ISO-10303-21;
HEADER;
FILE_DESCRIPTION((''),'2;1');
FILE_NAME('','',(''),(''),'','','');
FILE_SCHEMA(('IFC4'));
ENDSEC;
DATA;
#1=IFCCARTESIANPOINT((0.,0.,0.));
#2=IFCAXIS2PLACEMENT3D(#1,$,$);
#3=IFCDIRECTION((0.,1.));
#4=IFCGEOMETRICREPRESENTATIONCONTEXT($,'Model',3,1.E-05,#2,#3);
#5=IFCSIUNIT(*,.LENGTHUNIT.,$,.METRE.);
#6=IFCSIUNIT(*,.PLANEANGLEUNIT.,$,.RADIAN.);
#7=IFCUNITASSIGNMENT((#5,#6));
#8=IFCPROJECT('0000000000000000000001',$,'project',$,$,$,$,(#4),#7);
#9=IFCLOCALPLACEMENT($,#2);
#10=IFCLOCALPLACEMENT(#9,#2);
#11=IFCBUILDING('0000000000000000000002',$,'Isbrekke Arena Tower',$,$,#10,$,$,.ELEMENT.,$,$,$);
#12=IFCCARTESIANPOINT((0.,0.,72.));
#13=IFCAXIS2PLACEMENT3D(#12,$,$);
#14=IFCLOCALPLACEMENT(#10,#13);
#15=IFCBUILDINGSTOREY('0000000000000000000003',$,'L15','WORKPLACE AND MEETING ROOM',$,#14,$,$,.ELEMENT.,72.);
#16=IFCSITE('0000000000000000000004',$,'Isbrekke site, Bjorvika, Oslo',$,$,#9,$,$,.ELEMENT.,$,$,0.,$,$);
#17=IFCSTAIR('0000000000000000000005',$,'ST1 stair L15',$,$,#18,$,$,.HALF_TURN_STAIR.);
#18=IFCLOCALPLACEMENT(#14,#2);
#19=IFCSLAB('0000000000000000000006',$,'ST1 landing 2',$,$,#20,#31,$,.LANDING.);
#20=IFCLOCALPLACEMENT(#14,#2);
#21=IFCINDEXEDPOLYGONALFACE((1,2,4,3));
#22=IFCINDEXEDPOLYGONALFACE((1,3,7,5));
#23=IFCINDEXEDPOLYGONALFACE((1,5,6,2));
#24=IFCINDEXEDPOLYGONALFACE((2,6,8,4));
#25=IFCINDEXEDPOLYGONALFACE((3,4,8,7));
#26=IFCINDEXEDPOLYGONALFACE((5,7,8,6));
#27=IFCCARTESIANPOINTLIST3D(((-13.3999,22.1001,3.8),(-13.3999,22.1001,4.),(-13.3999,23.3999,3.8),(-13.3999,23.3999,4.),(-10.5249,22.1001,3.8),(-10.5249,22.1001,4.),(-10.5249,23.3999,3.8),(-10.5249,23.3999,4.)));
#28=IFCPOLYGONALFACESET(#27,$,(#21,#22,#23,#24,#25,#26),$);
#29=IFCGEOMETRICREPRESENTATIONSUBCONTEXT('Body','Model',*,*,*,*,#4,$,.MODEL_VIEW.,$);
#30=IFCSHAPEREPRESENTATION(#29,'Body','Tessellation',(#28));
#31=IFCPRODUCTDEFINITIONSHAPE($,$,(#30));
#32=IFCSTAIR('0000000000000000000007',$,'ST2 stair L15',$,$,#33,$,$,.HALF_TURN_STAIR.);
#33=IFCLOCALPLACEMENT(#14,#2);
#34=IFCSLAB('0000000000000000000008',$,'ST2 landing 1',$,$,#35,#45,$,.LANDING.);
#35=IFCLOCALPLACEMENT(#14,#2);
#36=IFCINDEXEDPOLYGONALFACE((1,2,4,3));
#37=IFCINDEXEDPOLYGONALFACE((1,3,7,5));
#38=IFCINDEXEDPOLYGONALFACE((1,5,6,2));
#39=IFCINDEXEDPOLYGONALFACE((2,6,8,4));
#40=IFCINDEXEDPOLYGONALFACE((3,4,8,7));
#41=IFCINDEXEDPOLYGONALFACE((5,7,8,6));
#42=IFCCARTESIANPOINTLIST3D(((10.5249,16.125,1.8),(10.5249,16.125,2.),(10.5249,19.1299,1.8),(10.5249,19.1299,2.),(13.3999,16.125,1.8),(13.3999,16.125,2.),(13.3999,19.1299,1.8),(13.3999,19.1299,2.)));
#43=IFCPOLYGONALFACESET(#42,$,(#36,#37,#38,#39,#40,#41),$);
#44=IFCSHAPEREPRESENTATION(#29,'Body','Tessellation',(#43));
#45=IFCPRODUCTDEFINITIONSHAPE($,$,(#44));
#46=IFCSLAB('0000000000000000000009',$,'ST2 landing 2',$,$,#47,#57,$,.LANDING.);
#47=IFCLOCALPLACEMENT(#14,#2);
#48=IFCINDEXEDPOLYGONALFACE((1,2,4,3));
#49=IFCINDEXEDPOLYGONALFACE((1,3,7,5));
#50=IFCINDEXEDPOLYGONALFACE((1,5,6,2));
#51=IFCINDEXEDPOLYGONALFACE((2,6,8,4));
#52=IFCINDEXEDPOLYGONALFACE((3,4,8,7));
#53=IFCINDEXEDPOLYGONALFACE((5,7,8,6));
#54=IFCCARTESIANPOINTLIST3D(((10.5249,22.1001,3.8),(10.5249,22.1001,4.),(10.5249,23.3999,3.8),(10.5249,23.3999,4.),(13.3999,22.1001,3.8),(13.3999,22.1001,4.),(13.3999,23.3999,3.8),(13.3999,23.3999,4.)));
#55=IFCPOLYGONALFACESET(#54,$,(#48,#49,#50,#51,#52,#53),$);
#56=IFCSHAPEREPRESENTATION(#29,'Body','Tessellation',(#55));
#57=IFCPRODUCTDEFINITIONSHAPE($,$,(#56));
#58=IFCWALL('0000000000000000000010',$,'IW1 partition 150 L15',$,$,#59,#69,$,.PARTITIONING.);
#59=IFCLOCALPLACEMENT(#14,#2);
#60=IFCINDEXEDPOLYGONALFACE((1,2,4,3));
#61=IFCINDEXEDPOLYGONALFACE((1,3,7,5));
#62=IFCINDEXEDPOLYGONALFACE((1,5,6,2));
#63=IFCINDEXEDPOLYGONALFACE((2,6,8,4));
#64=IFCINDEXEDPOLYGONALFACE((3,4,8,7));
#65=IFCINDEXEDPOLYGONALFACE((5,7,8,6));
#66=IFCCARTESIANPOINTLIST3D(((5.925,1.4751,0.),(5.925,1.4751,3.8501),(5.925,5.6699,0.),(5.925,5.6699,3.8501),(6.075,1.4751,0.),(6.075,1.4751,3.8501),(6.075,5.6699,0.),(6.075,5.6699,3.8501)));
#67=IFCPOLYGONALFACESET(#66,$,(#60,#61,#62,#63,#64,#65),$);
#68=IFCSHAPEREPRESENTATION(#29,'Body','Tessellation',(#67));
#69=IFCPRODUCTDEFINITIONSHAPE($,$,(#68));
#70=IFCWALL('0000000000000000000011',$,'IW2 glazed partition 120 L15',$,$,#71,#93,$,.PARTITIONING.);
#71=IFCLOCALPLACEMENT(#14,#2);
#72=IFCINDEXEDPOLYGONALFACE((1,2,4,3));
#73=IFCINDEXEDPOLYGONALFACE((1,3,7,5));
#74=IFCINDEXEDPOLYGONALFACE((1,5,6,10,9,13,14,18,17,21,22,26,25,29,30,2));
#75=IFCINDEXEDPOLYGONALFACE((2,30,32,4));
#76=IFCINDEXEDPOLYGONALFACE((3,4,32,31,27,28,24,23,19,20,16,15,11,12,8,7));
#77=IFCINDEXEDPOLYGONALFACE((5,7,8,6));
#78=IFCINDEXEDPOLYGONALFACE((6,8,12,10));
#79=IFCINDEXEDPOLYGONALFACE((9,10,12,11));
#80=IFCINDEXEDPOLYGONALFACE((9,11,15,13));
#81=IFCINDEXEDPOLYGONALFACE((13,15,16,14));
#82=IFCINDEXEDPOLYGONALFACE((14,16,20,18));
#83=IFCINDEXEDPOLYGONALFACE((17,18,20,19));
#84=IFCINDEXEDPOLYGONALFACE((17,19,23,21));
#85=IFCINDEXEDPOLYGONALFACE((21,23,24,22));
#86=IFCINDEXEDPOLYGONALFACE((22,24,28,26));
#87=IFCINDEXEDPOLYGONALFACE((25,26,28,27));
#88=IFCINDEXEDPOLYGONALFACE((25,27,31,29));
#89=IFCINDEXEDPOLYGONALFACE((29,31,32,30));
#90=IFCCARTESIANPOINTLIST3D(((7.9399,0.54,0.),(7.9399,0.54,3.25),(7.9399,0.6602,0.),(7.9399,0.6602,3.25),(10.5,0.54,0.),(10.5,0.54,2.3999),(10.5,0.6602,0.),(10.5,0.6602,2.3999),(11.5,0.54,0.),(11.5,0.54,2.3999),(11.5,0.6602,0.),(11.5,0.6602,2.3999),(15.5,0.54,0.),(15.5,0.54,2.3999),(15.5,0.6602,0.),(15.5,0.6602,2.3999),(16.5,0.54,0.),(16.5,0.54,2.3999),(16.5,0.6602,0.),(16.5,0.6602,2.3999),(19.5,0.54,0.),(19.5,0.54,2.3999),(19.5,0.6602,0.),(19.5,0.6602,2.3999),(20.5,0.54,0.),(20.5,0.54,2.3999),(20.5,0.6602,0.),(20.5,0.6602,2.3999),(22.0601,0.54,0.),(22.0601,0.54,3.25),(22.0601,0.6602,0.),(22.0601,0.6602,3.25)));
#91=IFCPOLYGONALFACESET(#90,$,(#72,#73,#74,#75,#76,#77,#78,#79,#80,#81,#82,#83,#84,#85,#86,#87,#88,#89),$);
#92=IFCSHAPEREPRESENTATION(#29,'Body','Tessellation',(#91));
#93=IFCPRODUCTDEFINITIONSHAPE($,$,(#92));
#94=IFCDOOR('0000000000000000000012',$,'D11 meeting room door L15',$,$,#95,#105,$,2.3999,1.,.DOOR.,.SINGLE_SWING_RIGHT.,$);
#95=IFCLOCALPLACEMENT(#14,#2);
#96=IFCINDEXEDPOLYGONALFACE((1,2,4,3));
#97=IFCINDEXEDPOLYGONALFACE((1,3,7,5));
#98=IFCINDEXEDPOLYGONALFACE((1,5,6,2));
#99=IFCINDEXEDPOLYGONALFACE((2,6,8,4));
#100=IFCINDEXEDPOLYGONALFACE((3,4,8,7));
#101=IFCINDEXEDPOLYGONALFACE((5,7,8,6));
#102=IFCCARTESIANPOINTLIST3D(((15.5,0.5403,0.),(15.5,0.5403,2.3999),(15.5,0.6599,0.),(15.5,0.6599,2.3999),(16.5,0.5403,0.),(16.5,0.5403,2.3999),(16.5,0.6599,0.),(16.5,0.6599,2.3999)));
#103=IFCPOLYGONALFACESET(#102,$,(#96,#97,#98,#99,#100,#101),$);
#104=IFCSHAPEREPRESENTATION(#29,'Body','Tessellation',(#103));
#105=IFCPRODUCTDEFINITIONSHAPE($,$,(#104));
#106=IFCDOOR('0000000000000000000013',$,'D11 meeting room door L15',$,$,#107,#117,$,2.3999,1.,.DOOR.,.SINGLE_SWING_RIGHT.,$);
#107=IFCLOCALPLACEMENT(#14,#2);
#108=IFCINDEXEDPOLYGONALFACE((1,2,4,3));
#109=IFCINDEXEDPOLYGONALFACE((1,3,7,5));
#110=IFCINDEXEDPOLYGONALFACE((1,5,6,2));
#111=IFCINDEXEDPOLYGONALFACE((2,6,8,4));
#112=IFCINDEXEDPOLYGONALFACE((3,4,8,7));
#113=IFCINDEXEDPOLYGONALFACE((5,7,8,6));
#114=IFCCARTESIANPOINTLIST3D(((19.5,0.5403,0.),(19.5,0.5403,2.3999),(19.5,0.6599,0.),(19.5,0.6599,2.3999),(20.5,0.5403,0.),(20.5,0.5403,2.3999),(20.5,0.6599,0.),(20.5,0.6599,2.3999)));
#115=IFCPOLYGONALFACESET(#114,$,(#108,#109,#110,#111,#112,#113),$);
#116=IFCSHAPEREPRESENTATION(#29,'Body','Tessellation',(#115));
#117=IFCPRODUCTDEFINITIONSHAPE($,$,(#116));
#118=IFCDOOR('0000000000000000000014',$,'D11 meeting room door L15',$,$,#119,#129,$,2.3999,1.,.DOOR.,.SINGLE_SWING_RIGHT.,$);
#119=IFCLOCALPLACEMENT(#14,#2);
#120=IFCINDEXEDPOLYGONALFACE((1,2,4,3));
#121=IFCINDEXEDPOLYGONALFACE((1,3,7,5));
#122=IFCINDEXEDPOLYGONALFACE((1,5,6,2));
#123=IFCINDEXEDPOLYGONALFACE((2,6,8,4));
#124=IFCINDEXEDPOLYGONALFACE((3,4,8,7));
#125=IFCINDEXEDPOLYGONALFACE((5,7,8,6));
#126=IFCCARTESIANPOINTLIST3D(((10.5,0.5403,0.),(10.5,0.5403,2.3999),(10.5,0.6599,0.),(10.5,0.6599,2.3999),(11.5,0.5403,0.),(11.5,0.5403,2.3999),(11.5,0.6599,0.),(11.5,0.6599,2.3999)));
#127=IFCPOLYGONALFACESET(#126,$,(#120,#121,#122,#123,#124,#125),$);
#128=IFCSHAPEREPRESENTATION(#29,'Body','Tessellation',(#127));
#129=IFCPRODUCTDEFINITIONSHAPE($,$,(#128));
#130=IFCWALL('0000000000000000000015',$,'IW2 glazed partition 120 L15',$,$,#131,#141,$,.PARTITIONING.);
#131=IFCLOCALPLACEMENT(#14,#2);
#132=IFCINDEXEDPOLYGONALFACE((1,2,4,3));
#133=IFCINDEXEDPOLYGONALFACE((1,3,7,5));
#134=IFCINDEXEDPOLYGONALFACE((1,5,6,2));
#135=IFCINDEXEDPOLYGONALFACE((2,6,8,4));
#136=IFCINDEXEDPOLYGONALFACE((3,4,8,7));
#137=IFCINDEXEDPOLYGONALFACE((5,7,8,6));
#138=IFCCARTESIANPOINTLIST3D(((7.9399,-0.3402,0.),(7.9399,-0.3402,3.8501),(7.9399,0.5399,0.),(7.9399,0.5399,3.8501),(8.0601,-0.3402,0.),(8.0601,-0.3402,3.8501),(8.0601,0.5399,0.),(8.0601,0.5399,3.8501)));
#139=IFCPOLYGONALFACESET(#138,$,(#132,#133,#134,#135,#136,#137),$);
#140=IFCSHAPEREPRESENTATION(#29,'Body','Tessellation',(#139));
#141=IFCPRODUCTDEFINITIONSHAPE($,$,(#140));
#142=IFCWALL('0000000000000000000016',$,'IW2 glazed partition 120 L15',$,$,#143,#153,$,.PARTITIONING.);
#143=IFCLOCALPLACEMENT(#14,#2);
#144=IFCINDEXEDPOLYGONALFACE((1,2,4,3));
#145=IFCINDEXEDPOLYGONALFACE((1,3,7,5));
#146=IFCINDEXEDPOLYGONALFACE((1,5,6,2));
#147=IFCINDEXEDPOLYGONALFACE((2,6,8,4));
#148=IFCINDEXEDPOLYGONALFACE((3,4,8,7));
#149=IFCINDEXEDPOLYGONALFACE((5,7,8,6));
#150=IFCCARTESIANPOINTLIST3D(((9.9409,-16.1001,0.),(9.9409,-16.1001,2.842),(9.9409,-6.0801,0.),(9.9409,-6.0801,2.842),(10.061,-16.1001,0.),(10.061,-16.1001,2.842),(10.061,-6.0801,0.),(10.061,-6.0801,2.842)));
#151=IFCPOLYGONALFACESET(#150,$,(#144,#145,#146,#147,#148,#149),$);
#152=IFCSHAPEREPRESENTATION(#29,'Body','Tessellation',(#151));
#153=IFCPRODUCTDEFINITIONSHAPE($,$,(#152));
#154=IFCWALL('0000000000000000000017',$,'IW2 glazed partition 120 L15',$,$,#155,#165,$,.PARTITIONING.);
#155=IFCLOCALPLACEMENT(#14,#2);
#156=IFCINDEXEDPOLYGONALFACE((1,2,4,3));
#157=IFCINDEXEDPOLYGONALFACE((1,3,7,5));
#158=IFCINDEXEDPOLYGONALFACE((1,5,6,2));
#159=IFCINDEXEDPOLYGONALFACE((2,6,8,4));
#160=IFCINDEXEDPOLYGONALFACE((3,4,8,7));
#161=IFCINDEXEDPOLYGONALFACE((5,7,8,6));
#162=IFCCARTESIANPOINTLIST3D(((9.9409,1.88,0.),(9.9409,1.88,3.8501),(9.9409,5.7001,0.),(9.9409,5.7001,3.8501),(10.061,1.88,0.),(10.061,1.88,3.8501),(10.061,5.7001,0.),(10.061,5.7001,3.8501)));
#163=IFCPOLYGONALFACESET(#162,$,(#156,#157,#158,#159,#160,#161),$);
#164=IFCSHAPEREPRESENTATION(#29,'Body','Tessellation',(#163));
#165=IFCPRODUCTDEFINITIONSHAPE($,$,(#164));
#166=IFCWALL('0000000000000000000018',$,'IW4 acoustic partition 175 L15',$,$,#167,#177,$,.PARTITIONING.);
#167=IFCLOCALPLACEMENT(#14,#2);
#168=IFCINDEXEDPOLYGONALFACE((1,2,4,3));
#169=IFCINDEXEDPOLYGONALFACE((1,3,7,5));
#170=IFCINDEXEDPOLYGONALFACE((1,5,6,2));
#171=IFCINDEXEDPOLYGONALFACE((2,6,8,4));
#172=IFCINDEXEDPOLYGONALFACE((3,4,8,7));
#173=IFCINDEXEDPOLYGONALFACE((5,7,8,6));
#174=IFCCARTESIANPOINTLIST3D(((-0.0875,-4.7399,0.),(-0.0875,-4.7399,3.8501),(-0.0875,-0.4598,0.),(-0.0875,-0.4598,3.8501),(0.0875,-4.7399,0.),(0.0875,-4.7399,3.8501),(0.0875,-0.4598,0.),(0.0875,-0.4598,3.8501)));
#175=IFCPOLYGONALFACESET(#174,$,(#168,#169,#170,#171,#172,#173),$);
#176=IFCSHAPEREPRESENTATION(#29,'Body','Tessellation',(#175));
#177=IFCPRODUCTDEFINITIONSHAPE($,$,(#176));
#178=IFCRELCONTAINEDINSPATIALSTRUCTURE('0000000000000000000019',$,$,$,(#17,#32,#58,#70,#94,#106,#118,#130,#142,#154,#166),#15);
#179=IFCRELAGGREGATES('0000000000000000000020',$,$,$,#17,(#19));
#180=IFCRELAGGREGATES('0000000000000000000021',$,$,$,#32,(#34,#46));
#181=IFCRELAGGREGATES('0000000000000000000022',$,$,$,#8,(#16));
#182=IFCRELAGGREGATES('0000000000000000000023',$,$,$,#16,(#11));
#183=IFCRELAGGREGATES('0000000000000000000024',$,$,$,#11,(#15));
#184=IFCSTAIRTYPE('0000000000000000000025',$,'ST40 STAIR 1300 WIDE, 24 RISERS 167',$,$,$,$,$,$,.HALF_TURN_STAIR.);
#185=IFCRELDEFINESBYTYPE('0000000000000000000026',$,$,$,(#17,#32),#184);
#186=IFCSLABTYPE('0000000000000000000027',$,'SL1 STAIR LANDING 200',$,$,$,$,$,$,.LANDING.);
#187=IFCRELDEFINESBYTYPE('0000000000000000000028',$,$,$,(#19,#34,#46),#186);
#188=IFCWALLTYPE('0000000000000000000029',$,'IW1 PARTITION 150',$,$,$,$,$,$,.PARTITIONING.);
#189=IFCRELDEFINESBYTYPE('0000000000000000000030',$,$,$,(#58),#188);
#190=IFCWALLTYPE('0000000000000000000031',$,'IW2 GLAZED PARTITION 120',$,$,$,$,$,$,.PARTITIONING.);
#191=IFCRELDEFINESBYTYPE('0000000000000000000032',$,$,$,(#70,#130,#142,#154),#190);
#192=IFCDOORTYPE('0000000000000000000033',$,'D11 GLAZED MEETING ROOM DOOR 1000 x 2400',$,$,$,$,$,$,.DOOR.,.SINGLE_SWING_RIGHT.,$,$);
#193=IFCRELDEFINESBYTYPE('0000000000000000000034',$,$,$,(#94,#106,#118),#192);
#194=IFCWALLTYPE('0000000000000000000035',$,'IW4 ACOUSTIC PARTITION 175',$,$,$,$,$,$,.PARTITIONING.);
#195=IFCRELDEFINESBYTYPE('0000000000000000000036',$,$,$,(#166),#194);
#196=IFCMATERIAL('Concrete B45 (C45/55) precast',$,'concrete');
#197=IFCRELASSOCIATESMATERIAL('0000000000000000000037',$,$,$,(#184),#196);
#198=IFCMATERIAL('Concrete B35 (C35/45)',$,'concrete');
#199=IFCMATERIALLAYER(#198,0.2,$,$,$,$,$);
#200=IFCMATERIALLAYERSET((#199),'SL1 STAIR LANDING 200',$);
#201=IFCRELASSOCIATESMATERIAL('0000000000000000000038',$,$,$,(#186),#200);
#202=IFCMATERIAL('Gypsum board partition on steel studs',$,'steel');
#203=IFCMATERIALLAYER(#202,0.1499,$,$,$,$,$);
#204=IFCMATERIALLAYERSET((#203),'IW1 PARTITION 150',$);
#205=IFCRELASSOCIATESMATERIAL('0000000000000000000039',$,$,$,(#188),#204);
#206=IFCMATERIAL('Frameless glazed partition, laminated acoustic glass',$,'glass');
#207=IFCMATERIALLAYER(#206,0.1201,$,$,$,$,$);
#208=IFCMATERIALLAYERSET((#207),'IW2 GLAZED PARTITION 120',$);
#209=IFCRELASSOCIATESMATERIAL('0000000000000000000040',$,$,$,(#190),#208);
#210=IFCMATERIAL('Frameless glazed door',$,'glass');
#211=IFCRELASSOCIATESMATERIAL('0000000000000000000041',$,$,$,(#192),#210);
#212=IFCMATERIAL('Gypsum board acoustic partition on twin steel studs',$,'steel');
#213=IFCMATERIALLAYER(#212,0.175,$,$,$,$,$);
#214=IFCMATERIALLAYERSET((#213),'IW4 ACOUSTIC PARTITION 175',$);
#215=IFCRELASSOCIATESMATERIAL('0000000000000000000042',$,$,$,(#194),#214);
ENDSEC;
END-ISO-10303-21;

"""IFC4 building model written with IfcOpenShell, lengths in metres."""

from ifc_helpers import new_model, si_unit, direction, frame, frame_2d, origin, place, context, subcontext, project, spatial, polyline, rectangle, outline, extrude, material, layer, layer_set, type_object, element, fill, aggregate, save


model = new_model("IFC4")

# Units and contexts
model_context = context("Model", 3, precision=1e-05, world=origin(), true_north=direction((0.0, 1.0)))
body_context = subcontext(model_context, "Body", "Model", "MODEL_VIEW")
ifc_project = project(units=[si_unit("LENGTHUNIT", "METRE"), si_unit("PLANEANGLEUNIT", "RADIAN")], contexts=[model_context])

# Site, building, storey
site_placement = place(None, origin())
site = spatial("IfcSite", under=ifc_project, at=site_placement, Name="Isbrekke site, Bjorvika, Oslo", CompositionType="ELEMENT", RefElevation=0.0)
building_placement = place(site_placement, origin())
building = spatial("IfcBuilding", under=site, at=building_placement, Name="Isbrekke Arena Tower", CompositionType="ELEMENT")
storey_placement = place(building_placement, frame((0.0, 0.0, 72.0)))
storey = spatial("IfcBuildingStorey", under=building, at=storey_placement, Name="L15", Description="WORKPLACE AND MEETING ROOM", CompositionType="ELEMENT", Elevation=72.0)

# Stairs, slabs
ifc_material_1 = material(Name="Concrete B45 (C45/55) precast", Category="concrete")
stair_type = type_object("IfcStairType", Name="ST40 STAIR 1300 WIDE, 24 RISERS 167", PredefinedType="HALF_TURN_STAIR", material=ifc_material_1)
stair_1_placement = place(storey_placement, origin())
stair_1 = element("IfcStair", 1, at=stair_1_placement, inside=storey, type_object=stair_type, Name="ST1 stair L15", PredefinedType="HALF_TURN_STAIR")
ifc_material_2 = material(Name="Concrete B35 (C35/45)", Category="concrete")
ifc_layer_1 = layer(ifc_material_2, 0.2)
ifc_layer_set_1 = layer_set([ifc_layer_1], Name="SL1 STAIR LANDING 200")
slab_type_1 = type_object("IfcSlabType", Name="SL1 STAIR LANDING 200", PredefinedType="LANDING", material=ifc_layer_set_1)
slab_1_placement = place(storey_placement, frame((0.0, 0.0, 3.8)))
slab_1 = element("IfcSlab", 2, at=slab_1_placement, type_object=slab_type_1, Name="ST1 landing 2", PredefinedType="LANDING", context=body_context, shape_type="SweptSolid", body=[
    extrude(outline(polyline([(-13.3999, 22.1001), (-10.5249, 22.1001), (-10.5249, 23.3999), (-13.3999, 23.3999), (-13.3999, 22.1001)])), origin(), (0.0, 0.0, 1.0), 0.2),
])
aggregate(stair_1, [slab_1])
stair_2_placement = place(storey_placement, origin())
stair_2 = element("IfcStair", 3, at=stair_2_placement, inside=storey, type_object=stair_type, Name="ST2 stair L15", PredefinedType="HALF_TURN_STAIR")
slab_2_placement = place(storey_placement, frame((0.0, 0.0, 1.8)))
slab_2 = element("IfcSlab", 4, at=slab_2_placement, type_object=slab_type_1, Name="ST2 landing 1", PredefinedType="LANDING", context=body_context, shape_type="SweptSolid", body=[
    extrude(outline(polyline([(10.5249, 16.125), (13.3999, 16.125), (13.3999, 19.1299), (10.5249, 19.1299), (10.5249, 16.125)])), origin(), (0.0, 0.0, 1.0), 0.2),
])
slab_3_placement = place(storey_placement, frame((0.0, 0.0, 3.8)))
slab_3 = element("IfcSlab", 5, at=slab_3_placement, type_object=slab_type_1, Name="ST2 landing 2", PredefinedType="LANDING", context=body_context, shape_type="SweptSolid", body=[
    extrude(outline(polyline([(10.5249, 22.1001), (13.3999, 22.1001), (13.3999, 23.3999), (10.5249, 23.3999), (10.5249, 22.1001)])), origin(), (0.0, 0.0, 1.0), 0.2),
])
aggregate(stair_2, [slab_2, slab_3])

# Wall
ifc_material_3 = material(Name="Gypsum board partition on steel studs", Category="steel")
ifc_layer_2 = layer(ifc_material_3, 0.1499)
ifc_layer_set_2 = layer_set([ifc_layer_2], Name="IW1 PARTITION 150")
wall_type_1 = type_object("IfcWallType", Name="IW1 PARTITION 150", PredefinedType="PARTITIONING", material=ifc_layer_set_2)
wall_1_placement = place(storey_placement, frame((6.0, 1.4751, 0.0), z_axis=(0.0, 0.0, 1.0), x_axis=(0.0, 1.0, 0.0)))
element("IfcWall", 6, at=wall_1_placement, inside=storey, type_object=wall_type_1, Name="IW1 partition 150 L15", PredefinedType="PARTITIONING", context=body_context, shape_type="SweptSolid", body=[
    extrude(rectangle(XDim=4.1948, YDim=0.1499, at=frame_2d((2.0974, 0.0))), origin(), (0.0, 0.0, 1.0), 3.8501),
])

# Wall, openings, doors
ifc_material_4 = material(Name="Frameless glazed partition, laminated acoustic glass", Category="glass")
ifc_layer_3 = layer(ifc_material_4, 0.1201)
ifc_layer_set_3 = layer_set([ifc_layer_3], Name="IW2 GLAZED PARTITION 120")
wall_type_2 = type_object("IfcWallType", Name="IW2 GLAZED PARTITION 120", PredefinedType="PARTITIONING", material=ifc_layer_set_3)
wall_2_placement = place(storey_placement, frame((7.9399, 0.6001, 0.0), z_axis=(0.0, 0.0, 1.0), x_axis=(1.0, 0.0, 0.0)))
wall_2 = element("IfcWall", 7, at=wall_2_placement, inside=storey, type_object=wall_type_2, Name="IW2 glazed partition 120 L15", PredefinedType="PARTITIONING", context=body_context, shape_type="SweptSolid", body=[
    extrude(rectangle(XDim=14.1201, YDim=0.1201, at=frame_2d((7.0601, 0.0))), origin(), (0.0, 0.0, 1.0), 3.25),
])
opening_1_placement = place(wall_2_placement, frame((7.5601, 0.0, 0.0)))
opening_1 = element("IfcOpeningElement", 8, at=opening_1_placement, cuts=wall_2, PredefinedType="OPENING", context=body_context, shape_type="SweptSolid", body=[
    extrude(rectangle(XDim=1.0, YDim=2.3999, at=frame_2d((0.5, 1.2))), frame((0.0, 0.075, 0.0), z_axis=(0.0, -1.0, 0.0), x_axis=(1.0, 0.0, 0.0)), (0.0, 0.0, 1.0), 0.1499),
])
opening_2_placement = place(wall_2_placement, frame((11.5601, 0.0, 0.0)))
opening_2 = element("IfcOpeningElement", 9, at=opening_2_placement, cuts=wall_2, PredefinedType="OPENING", context=body_context, shape_type="SweptSolid", body=[
    extrude(rectangle(XDim=1.0, YDim=2.3999, at=frame_2d((0.5, 1.2))), frame((0.0, 0.075, 0.0), z_axis=(0.0, -1.0, 0.0), x_axis=(1.0, 0.0, 0.0)), (0.0, 0.0, 1.0), 0.1499),
])
opening_3_placement = place(wall_2_placement, frame((2.5601, 0.0, 0.0)))
opening_3 = element("IfcOpeningElement", 10, at=opening_3_placement, cuts=wall_2, PredefinedType="OPENING", context=body_context, shape_type="SweptSolid", body=[
    extrude(rectangle(XDim=1.0, YDim=2.3999, at=frame_2d((0.5, 1.2))), frame((0.0, 0.075, 0.0), z_axis=(0.0, -1.0, 0.0), x_axis=(1.0, 0.0, 0.0)), (0.0, 0.0, 1.0), 0.1499),
])
ifc_material_5 = material(Name="Frameless glazed door", Category="glass")
door_type = type_object("IfcDoorType", Name="D11 GLAZED MEETING ROOM DOOR 1000 x 2400", OperationType="SINGLE_SWING_RIGHT", PredefinedType="DOOR", material=ifc_material_5)
door_1_placement = place(opening_1_placement, origin())
door_1 = element("IfcDoor", 11, at=door_1_placement, inside=storey, type_object=door_type, Name="D11 meeting room door L15", OperationType="SINGLE_SWING_RIGHT", OverallHeight=2.3999, OverallWidth=1.0, PredefinedType="DOOR", context=body_context, shape_type="SweptSolid", body=[
    extrude(rectangle(XDim=1.0, YDim=2.3999, at=frame_2d((0.5, 1.2))), frame((0.0, 0.0598, 0.0), z_axis=(0.0, -1.0, 0.0), x_axis=(1.0, 0.0, 0.0)), (0.0, 0.0, 1.0), 0.1196),
])
fill(opening_1, door_1)
door_2_placement = place(opening_2_placement, origin())
door_2 = element("IfcDoor", 12, at=door_2_placement, inside=storey, type_object=door_type, Name="D11 meeting room door L15", OperationType="SINGLE_SWING_RIGHT", OverallHeight=2.3999, OverallWidth=1.0, PredefinedType="DOOR", context=body_context, shape_type="SweptSolid", body=[
    extrude(rectangle(XDim=1.0, YDim=2.3999, at=frame_2d((0.5, 1.2))), frame((0.0, 0.0598, 0.0), z_axis=(0.0, -1.0, 0.0), x_axis=(1.0, 0.0, 0.0)), (0.0, 0.0, 1.0), 0.1196),
])
fill(opening_2, door_2)
door_3_placement = place(opening_3_placement, origin())
door_3 = element("IfcDoor", 13, at=door_3_placement, inside=storey, type_object=door_type, Name="D11 meeting room door L15", OperationType="SINGLE_SWING_RIGHT", OverallHeight=2.3999, OverallWidth=1.0, PredefinedType="DOOR", context=body_context, shape_type="SweptSolid", body=[
    extrude(rectangle(XDim=1.0, YDim=2.3999, at=frame_2d((0.5, 1.2))), frame((0.0, 0.0598, 0.0), z_axis=(0.0, -1.0, 0.0), x_axis=(1.0, 0.0, 0.0)), (0.0, 0.0, 1.0), 0.1196),
])
fill(opening_3, door_3)

# Walls
wall_3_placement = place(storey_placement, frame((8.0, -0.3401, 0.0), z_axis=(0.0, 0.0, 1.0), x_axis=(0.0, 1.0, 0.0)))
element("IfcWall", 14, at=wall_3_placement, inside=storey, type_object=wall_type_2, Name="IW2 glazed partition 120 L15", PredefinedType="PARTITIONING", context=body_context, shape_type="SweptSolid", body=[
    extrude(rectangle(XDim=0.8801, YDim=0.1201, at=frame_2d((0.4399, 0.0))), origin(), (0.0, 0.0, 1.0), 3.8501),
])
wall_4_placement = place(storey_placement, frame((10.001, -16.1001, 0.0), z_axis=(0.0, 0.0, 1.0), x_axis=(0.0, 1.0, 0.0)))
element("IfcWall", 15, at=wall_4_placement, inside=storey, type_object=wall_type_2, Name="IW2 glazed partition 120 L15", PredefinedType="PARTITIONING", context=body_context, shape_type="SweptSolid", body=[
    extrude(rectangle(XDim=10.02, YDim=0.1201, at=frame_2d((5.01, 0.0))), origin(), (0.0, 0.0, 1.0), 2.842),
])
wall_5_placement = place(storey_placement, frame((10.001, 1.8799, 0.0), z_axis=(0.0, 0.0, 1.0), x_axis=(0.0, 1.0, 0.0)))
element("IfcWall", 16, at=wall_5_placement, inside=storey, type_object=wall_type_2, Name="IW2 glazed partition 120 L15", PredefinedType="PARTITIONING", context=body_context, shape_type="SweptSolid", body=[
    extrude(rectangle(XDim=3.8201, YDim=0.1201, at=frame_2d((1.9102, 0.0))), origin(), (0.0, 0.0, 1.0), 3.8501),
])
ifc_material_6 = material(Name="Gypsum board acoustic partition on twin steel studs", Category="steel")
ifc_layer_4 = layer(ifc_material_6, 0.175)
ifc_layer_set_4 = layer_set([ifc_layer_4], Name="IW4 ACOUSTIC PARTITION 175")
wall_type_3 = type_object("IfcWallType", Name="IW4 ACOUSTIC PARTITION 175", PredefinedType="PARTITIONING", material=ifc_layer_set_4)
for number, where, z_axis, x_axis, name in (
    (17, (0.0, -4.74, 0.0), (0.0, 0.0, 1.0), (0.0, 1.0, 0.0), "IW4 acoustic partition 175 L15"),
):
    element("IfcWall", number, at=place(storey_placement, frame(where, z_axis=z_axis, x_axis=x_axis)), inside=storey, type_object=wall_type_3, Name=name, PredefinedType="PARTITIONING", context=body_context, shape_type="SweptSolid", body=[
        extrude(rectangle(XDim=4.28, YDim=0.175, at=frame_2d((2.1401, 0.0))), origin(), (0.0, 0.0, 1.0), 3.8501),
    ])

save(model, "model.ifc")
